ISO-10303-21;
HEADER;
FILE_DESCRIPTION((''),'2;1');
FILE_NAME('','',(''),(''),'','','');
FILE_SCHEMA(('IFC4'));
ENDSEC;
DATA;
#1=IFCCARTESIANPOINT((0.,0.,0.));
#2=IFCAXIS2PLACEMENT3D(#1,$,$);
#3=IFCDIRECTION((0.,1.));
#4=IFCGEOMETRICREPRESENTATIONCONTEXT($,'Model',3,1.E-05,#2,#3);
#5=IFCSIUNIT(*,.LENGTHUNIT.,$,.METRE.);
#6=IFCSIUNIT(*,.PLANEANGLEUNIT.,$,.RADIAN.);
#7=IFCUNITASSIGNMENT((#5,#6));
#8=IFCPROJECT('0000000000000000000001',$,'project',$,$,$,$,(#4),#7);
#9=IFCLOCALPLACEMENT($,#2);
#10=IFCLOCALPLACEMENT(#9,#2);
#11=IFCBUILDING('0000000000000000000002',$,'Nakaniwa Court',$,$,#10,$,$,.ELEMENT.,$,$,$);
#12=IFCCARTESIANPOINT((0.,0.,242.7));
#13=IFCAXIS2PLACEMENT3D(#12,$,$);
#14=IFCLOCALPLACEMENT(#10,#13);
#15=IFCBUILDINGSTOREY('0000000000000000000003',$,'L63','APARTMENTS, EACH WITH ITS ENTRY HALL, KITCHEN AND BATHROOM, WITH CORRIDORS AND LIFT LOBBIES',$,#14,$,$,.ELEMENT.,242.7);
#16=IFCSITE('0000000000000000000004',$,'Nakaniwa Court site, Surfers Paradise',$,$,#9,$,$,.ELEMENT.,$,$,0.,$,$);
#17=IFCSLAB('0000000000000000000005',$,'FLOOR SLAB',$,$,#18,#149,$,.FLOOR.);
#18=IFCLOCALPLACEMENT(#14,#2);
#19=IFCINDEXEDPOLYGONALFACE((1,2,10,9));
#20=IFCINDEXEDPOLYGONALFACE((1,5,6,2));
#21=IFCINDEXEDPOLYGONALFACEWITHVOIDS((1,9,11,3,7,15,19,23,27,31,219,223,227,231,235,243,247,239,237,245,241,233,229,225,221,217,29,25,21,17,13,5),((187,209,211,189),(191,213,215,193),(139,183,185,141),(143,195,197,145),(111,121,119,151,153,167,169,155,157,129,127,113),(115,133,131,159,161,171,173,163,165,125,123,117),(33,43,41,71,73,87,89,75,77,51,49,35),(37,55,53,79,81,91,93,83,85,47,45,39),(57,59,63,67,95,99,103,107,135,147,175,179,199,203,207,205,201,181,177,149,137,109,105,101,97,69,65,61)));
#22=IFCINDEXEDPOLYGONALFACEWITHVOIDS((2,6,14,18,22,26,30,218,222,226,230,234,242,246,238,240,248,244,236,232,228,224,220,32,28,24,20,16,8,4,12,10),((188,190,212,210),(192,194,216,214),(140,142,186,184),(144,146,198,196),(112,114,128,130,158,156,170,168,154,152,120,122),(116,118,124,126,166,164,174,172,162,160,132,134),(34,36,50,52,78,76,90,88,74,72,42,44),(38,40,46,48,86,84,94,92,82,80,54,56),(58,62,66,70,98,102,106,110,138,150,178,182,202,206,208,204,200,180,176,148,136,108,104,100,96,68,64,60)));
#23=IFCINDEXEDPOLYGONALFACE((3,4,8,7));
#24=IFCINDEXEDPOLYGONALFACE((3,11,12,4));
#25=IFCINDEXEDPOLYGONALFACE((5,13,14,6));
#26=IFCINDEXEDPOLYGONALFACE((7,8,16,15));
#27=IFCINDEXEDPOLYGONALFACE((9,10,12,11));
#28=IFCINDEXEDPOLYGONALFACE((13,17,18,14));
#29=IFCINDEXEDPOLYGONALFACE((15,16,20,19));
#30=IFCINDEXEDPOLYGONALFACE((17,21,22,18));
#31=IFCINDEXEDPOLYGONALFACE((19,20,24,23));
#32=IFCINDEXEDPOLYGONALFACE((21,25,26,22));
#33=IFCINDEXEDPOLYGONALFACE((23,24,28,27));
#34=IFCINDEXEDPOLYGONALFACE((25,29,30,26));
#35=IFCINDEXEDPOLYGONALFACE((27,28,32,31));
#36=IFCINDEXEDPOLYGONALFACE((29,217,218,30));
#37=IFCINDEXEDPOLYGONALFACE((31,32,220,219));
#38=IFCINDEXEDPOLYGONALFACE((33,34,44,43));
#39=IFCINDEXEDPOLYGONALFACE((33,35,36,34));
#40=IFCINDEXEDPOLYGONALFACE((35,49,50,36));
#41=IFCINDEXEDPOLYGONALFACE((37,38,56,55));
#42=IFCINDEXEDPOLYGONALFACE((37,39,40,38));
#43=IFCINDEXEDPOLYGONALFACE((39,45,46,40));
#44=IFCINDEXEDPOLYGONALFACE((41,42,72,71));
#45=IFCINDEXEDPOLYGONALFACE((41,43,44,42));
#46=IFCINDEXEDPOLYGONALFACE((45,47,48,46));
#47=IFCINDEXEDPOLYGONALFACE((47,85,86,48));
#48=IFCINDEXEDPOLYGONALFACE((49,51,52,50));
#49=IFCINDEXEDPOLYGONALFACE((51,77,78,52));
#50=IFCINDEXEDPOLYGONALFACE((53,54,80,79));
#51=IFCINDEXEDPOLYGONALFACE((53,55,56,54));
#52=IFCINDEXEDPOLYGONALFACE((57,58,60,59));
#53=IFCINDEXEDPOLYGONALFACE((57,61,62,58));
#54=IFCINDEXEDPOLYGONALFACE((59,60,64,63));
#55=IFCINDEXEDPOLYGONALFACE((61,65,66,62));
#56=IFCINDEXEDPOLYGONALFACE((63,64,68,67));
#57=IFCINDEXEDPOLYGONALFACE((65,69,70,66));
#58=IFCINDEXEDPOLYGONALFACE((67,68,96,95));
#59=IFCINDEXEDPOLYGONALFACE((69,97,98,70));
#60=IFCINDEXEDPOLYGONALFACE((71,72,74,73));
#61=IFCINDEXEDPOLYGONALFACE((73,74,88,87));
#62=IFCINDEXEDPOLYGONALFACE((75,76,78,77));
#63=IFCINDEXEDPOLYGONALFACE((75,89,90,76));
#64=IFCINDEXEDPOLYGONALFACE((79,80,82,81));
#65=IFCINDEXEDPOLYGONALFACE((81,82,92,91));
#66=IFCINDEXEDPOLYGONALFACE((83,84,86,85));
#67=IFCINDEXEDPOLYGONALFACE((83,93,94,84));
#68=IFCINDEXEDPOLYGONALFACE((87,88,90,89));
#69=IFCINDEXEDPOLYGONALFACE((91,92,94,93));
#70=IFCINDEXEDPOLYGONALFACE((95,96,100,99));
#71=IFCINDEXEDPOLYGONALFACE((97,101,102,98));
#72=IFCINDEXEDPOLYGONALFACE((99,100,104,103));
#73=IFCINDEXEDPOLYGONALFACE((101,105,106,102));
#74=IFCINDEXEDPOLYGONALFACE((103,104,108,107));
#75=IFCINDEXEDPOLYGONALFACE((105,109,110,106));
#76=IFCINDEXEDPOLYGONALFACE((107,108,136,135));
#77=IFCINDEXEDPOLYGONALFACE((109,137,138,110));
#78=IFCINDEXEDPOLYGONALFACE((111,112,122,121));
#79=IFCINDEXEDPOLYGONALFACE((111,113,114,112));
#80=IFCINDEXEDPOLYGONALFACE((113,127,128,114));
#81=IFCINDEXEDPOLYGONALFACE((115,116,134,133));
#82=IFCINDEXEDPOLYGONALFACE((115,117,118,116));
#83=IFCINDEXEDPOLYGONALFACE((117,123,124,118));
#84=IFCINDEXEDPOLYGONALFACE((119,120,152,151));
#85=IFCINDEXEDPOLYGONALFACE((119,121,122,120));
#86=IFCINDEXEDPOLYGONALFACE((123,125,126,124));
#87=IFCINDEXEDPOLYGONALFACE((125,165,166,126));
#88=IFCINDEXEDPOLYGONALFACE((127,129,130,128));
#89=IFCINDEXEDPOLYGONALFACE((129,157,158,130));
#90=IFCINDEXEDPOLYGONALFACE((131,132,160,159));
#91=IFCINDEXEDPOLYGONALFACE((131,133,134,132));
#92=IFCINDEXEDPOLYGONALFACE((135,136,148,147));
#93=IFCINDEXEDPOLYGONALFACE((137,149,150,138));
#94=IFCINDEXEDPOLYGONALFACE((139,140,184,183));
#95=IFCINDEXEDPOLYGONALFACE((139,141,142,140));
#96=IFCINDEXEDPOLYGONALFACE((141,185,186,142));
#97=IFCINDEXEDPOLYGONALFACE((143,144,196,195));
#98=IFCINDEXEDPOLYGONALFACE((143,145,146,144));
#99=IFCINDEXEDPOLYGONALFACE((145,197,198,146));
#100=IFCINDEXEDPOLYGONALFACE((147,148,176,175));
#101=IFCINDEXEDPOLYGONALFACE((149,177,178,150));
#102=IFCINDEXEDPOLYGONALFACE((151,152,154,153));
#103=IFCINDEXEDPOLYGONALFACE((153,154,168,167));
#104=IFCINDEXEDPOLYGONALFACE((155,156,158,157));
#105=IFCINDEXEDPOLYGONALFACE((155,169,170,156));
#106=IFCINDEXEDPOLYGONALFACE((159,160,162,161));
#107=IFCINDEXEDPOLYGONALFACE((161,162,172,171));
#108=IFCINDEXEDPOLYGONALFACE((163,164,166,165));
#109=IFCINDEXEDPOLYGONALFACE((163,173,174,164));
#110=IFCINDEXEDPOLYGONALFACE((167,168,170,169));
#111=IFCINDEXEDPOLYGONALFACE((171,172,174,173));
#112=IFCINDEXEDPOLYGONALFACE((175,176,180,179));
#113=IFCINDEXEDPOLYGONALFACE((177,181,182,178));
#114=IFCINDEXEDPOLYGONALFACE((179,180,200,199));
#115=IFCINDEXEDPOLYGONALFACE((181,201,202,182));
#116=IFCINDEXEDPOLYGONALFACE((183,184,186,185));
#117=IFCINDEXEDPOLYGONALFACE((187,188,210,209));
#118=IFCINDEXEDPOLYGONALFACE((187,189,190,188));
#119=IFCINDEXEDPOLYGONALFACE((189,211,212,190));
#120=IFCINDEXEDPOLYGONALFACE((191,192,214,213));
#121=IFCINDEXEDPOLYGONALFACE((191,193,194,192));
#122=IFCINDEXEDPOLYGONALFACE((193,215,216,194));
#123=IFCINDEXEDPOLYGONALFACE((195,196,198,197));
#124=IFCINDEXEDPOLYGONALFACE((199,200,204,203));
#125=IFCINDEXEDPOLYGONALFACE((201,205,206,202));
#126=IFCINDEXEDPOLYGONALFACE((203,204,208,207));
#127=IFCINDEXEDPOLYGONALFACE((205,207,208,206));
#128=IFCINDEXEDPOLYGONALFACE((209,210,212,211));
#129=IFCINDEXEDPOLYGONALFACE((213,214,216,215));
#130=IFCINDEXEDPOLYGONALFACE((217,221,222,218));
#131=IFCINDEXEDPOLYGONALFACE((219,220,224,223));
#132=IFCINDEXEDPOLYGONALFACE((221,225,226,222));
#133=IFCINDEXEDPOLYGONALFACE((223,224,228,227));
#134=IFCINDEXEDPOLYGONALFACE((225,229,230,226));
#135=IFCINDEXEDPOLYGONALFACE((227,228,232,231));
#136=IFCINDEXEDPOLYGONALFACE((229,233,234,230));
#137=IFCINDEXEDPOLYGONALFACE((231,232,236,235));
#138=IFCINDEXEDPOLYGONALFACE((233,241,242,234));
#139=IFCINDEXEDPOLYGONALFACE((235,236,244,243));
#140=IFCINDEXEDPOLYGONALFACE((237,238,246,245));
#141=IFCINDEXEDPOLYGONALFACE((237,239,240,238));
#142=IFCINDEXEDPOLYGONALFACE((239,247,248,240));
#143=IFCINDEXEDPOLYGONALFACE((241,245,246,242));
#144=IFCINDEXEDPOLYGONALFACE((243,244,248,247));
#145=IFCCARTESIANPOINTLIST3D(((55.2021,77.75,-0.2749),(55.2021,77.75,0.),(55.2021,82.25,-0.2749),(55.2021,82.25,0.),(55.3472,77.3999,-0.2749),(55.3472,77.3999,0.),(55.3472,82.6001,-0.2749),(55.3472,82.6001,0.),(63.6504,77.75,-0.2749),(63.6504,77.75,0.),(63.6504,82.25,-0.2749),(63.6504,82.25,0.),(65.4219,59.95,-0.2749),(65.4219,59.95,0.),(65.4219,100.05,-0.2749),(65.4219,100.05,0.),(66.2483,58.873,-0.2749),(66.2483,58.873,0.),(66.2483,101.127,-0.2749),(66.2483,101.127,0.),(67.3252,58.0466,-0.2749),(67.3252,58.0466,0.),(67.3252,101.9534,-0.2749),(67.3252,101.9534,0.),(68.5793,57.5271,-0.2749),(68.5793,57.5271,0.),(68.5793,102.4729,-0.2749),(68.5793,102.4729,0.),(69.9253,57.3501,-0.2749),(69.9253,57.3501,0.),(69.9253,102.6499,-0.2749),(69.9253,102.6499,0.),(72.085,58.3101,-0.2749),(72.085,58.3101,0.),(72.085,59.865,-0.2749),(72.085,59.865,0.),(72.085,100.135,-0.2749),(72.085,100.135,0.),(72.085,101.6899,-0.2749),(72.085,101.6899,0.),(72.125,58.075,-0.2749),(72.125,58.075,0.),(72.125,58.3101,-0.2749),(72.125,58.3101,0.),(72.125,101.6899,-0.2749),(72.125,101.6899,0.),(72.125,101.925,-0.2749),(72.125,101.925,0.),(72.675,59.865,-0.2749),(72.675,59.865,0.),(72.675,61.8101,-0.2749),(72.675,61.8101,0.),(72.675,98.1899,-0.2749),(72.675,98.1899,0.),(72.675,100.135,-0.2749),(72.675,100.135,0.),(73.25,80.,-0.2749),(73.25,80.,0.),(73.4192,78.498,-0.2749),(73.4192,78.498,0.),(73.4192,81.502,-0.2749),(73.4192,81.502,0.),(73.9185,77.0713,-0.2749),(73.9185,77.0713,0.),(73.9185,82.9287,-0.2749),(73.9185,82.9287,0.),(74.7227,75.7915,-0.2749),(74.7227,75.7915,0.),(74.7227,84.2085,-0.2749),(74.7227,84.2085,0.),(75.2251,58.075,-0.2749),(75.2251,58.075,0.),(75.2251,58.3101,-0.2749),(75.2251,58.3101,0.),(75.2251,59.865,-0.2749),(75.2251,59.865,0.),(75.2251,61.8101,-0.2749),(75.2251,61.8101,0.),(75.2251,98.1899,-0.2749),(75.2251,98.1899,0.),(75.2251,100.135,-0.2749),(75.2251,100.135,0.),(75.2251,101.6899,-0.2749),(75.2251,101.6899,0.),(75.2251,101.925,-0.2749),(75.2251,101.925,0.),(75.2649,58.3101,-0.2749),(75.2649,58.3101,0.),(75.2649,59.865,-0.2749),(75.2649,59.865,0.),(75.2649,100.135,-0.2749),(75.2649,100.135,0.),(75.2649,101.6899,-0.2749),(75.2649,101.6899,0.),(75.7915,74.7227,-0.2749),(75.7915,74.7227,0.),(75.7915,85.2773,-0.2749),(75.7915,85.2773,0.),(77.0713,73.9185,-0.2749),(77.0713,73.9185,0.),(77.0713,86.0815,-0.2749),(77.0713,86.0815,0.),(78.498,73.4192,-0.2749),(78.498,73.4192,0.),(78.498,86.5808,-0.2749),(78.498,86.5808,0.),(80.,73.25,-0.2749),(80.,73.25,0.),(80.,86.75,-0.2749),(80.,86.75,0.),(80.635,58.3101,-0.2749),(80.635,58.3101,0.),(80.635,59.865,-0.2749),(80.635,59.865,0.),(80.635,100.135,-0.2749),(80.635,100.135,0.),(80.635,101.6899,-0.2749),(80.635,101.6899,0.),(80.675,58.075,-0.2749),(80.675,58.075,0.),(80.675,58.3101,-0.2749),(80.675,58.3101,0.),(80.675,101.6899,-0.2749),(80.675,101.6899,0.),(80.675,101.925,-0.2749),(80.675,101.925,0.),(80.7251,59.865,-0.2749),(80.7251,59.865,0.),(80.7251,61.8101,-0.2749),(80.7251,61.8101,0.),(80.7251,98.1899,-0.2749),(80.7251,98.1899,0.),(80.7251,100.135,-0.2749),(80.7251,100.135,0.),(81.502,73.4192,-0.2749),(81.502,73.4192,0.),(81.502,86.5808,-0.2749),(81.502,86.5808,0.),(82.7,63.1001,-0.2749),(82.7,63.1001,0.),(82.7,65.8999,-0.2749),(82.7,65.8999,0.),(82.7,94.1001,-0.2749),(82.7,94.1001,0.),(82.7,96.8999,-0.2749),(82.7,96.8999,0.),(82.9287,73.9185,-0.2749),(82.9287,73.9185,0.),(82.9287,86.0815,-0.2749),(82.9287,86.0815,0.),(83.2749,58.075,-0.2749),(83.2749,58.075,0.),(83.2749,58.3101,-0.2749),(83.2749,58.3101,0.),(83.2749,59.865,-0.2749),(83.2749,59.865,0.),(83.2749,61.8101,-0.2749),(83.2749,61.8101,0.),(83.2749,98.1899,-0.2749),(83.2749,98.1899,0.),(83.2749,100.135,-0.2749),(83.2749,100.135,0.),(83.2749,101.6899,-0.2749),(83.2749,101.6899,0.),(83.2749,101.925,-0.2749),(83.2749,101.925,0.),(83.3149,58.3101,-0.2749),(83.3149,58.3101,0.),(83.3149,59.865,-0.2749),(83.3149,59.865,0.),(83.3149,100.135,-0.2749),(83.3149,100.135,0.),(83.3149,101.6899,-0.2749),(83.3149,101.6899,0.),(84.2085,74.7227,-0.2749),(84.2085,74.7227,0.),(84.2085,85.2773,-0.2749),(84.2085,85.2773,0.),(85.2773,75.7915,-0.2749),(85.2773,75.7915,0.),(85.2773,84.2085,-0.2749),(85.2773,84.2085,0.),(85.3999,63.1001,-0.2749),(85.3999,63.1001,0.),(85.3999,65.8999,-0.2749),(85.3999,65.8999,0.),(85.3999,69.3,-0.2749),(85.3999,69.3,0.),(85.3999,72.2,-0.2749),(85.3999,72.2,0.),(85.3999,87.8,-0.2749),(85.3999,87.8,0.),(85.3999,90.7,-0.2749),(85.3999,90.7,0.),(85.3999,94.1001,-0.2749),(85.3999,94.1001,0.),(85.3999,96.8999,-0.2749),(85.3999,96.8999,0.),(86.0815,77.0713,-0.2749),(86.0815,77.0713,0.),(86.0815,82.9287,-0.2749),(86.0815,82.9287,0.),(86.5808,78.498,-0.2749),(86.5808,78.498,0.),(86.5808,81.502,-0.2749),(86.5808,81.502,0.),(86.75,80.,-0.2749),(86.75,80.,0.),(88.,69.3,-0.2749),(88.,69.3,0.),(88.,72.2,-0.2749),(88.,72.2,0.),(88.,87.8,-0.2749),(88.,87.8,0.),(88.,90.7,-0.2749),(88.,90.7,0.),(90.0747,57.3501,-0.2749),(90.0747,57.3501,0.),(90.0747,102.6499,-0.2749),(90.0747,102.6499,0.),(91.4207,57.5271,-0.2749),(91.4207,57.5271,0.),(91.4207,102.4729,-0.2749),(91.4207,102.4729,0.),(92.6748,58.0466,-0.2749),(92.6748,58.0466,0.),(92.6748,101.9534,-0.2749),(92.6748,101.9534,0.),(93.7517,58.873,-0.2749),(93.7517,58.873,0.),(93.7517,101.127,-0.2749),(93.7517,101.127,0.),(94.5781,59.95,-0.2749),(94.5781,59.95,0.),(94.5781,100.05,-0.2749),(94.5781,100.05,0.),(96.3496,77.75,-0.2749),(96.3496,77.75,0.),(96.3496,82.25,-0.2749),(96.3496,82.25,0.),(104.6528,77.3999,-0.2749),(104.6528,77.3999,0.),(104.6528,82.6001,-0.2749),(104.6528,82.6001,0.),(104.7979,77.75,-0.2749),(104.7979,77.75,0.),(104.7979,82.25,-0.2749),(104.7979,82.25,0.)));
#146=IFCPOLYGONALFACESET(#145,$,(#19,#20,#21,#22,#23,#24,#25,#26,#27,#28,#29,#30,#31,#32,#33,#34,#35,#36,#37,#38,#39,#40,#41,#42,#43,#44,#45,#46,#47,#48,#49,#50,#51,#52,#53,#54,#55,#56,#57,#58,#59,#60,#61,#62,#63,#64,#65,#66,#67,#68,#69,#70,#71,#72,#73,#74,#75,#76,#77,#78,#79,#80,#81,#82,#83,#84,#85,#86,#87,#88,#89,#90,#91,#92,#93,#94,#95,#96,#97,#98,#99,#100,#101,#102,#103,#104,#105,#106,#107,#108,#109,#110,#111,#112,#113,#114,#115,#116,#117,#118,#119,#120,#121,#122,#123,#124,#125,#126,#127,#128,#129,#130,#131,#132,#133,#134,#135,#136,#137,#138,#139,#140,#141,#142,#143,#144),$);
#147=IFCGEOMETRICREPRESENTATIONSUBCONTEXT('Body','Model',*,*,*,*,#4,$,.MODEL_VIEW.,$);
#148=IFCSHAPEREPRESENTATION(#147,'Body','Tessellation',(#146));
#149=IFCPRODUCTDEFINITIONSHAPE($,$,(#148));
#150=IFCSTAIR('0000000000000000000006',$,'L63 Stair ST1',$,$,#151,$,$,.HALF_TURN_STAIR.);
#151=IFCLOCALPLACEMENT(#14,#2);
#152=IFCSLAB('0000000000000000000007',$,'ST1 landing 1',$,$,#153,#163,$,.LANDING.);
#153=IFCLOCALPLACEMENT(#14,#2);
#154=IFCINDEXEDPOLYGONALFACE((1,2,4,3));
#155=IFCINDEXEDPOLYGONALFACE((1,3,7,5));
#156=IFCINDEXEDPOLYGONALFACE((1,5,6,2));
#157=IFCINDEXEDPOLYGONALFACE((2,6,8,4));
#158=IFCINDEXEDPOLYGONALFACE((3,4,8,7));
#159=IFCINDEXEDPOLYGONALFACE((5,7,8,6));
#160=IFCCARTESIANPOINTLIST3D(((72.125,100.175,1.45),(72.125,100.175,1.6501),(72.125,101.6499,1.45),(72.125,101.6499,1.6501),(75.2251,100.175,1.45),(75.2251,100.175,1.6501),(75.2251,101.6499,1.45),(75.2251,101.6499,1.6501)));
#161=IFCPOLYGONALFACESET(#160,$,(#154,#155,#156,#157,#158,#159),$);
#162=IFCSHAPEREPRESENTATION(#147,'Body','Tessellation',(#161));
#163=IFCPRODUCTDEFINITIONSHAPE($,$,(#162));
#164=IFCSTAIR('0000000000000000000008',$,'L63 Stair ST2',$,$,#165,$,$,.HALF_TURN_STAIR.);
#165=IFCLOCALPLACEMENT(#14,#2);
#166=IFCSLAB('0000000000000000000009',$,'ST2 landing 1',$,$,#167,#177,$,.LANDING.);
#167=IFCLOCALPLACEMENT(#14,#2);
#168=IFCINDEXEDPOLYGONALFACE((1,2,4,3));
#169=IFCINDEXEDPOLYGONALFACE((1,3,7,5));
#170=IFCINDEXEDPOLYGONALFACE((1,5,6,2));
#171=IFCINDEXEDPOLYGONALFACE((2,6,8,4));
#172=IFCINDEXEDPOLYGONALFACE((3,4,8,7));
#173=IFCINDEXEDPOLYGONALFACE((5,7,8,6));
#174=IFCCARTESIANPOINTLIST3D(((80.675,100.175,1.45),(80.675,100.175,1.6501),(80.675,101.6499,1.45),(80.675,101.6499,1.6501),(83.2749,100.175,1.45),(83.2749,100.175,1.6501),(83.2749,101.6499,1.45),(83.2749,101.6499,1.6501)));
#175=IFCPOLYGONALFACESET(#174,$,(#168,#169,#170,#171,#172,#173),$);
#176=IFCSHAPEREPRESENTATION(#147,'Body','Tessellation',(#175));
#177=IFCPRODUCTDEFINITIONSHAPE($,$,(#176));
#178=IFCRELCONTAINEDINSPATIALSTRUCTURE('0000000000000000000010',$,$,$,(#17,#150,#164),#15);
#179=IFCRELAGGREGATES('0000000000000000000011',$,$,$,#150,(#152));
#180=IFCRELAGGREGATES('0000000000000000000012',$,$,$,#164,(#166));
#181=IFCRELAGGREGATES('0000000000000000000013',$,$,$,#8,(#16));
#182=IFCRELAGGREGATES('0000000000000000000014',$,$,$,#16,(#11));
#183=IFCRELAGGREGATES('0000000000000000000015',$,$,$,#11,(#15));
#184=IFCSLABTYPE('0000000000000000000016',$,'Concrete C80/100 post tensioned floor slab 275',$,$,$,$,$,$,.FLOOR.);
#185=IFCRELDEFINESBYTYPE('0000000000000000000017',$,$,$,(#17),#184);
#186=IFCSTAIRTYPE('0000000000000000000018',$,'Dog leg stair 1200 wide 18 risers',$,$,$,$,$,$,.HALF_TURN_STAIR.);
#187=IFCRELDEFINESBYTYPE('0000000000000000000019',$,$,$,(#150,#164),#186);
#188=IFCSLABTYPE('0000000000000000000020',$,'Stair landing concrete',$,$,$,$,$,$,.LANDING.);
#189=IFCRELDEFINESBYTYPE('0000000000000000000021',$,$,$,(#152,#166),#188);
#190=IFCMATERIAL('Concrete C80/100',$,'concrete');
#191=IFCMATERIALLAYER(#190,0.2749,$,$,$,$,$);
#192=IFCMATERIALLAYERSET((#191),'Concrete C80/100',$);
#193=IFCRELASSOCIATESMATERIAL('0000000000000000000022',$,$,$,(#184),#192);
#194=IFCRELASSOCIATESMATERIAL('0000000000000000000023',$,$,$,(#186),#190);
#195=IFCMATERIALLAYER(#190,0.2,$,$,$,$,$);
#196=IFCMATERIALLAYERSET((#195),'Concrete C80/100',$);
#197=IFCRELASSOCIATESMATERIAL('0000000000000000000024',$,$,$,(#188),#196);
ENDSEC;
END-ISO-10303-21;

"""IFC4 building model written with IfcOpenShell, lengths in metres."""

from ifc_helpers import new_model, si_unit, direction, frame, origin, place, context, subcontext, project, spatial, polyline, outline, extrude, material, layer, layer_set, type_object, element, aggregate, save


model = new_model("IFC4")

# Units and contexts
model_context = context("Model", 3, precision=1e-05, world=origin(), true_north=direction((0.0, 1.0)))
body_context = subcontext(model_context, "Body", "Model", "MODEL_VIEW")
ifc_project = project(units=[si_unit("LENGTHUNIT", "METRE"), si_unit("PLANEANGLEUNIT", "RADIAN")], contexts=[model_context])

# Site, building, storey
site_placement = place(None, origin())
site = spatial("IfcSite", under=ifc_project, at=site_placement, Name="Nakaniwa Court site, Surfers Paradise", CompositionType="ELEMENT", RefElevation=0.0)
building_placement = place(site_placement, origin())
building = spatial("IfcBuilding", under=site, at=building_placement, Name="Nakaniwa Court", CompositionType="ELEMENT")
storey_placement = place(building_placement, frame((0.0, 0.0, 242.7)))
storey = spatial("IfcBuildingStorey", under=building, at=storey_placement, Name="L63", Description="APARTMENTS, EACH WITH ITS ENTRY HALL, KITCHEN AND BATHROOM, WITH CORRIDORS AND LIFT LOBBIES", CompositionType="ELEMENT", Elevation=242.7)

# Shared definitions
ifc_material_1 = material(Name="Concrete C80/100", Category="concrete")

# Slab
ifc_layer_1 = layer(ifc_material_1, 0.2749)
ifc_layer_set_1 = layer_set([ifc_layer_1], Name="Concrete C80/100")
slab_type_1 = type_object("IfcSlabType", Name="Concrete C80/100 post tensioned floor slab 275", PredefinedType="FLOOR", material=ifc_layer_set_1)
slab_1_placement = place(storey_placement, frame((0.0, 0.0, -0.2749)))
element("IfcSlab", 1, at=slab_1_placement, inside=storey, type_object=slab_type_1, Name="FLOOR SLAB", PredefinedType="FLOOR", context=body_context, shape_type="SweptSolid", body=[
    extrude(outline(polyline([(96.3496, 82.25), (104.7979, 82.25), (104.6528, 82.6001), (94.5781, 100.05), (93.7517, 101.127), (92.6748, 101.9534), (91.4207, 102.4729), (90.0747, 102.6499), (69.9253, 102.6499), (68.5793, 102.4729), (67.3252, 101.9534), (66.2483, 101.127), (65.4219, 100.05), (55.3472, 82.6001), (55.2021, 82.25), (63.6504, 82.25), (63.6504, 77.75), (55.2021, 77.75), (55.3472, 77.3999), (65.4219, 59.95), (66.2483, 58.873), (67.3252, 58.0466), (68.5793, 57.5271), (69.9253, 57.3501), (90.0747, 57.3501), (91.4207, 57.5271), (92.6748, 58.0466), (93.7517, 58.873), (94.5781, 59.95), (104.6528, 77.3999), (104.7979, 77.75), (96.3496, 77.75), (96.3496, 82.25)]), holes=[polyline([(81.502, 86.5808), (80.0, 86.75), (78.498, 86.5808), (77.0713, 86.0815), (75.7915, 85.2773), (74.7227, 84.2085), (73.9185, 82.9287), (73.4192, 81.502), (73.25, 80.0), (73.4192, 78.498), (73.9185, 77.0713), (74.7227, 75.7915), (75.7915, 74.7227), (77.0713, 73.9185), (78.498, 73.4192), (80.0, 73.25), (81.502, 73.4192), (82.9287, 73.9185), (84.2085, 74.7227), (85.2773, 75.7915), (86.0815, 77.0713), (86.5808, 78.498), (86.75, 80.0), (86.5808, 81.502), (86.0815, 82.9287), (85.2773, 84.2085), (84.2085, 85.2773), (82.9287, 86.0815), (81.502, 86.5808)]), polyline([(72.675, 61.8101), (72.675, 59.865), (72.085, 59.865), (72.085, 58.3101), (72.125, 58.3101), (72.125, 58.075), (75.2251, 58.075), (75.2251, 58.3101), (75.2649, 58.3101), (75.2649, 59.865), (75.2251, 59.865), (75.2251, 61.8101), (72.675, 61.8101)]), polyline([(83.2749, 61.8101), (80.7251, 61.8101), (80.7251, 59.865), (80.635, 59.865), (80.635, 58.3101), (80.675, 58.3101), (80.675, 58.075), (83.2749, 58.075), (83.2749, 58.3101), (83.3149, 58.3101), (83.3149, 59.865), (83.2749, 59.865), (83.2749, 61.8101)]), polyline([(75.2649, 101.6899), (75.2251, 101.6899), (75.2251, 101.925), (72.125, 101.925), (72.125, 101.6899), (72.085, 101.6899), (72.085, 100.135), (72.675, 100.135), (72.675, 98.1899), (75.2251, 98.1899), (75.2251, 100.135), (75.2649, 100.135), (75.2649, 101.6899)]), polyline([(83.3149, 100.135), (83.3149, 101.6899), (83.2749, 101.6899), (83.2749, 101.925), (80.675, 101.925), (80.675, 101.6899), (80.635, 101.6899), (80.635, 100.135), (80.7251, 100.135), (80.7251, 98.1899), (83.2749, 98.1899), (83.2749, 100.135), (83.3149, 100.135)]), polyline([(85.3999, 65.8999), (82.7, 65.8999), (82.7, 63.1001), (85.3999, 63.1001), (85.3999, 65.8999)]), polyline([(88.0, 72.2), (85.3999, 72.2), (85.3999, 69.3), (88.0, 69.3), (88.0, 72.2)]), polyline([(85.3999, 90.7), (85.3999, 87.8), (88.0, 87.8), (88.0, 90.7), (85.3999, 90.7)]), polyline([(85.3999, 96.8999), (82.7, 96.8999), (82.7, 94.1001), (85.3999, 94.1001), (85.3999, 96.8999)])]), origin(), (0.0, 0.0, 1.0), 0.2749),
])

# Stairs, slabs
stair_type = type_object("IfcStairType", Name="Dog leg stair 1200 wide 18 risers", PredefinedType="HALF_TURN_STAIR", material=ifc_material_1)
stair_1_placement = place(storey_placement, origin())
stair_1 = element("IfcStair", 2, at=stair_1_placement, inside=storey, type_object=stair_type, Name="L63 Stair ST1", PredefinedType="HALF_TURN_STAIR")
ifc_layer_2 = layer(ifc_material_1, 0.2)
ifc_layer_set_2 = layer_set([ifc_layer_2], Name="Concrete C80/100")
slab_type_2 = type_object("IfcSlabType", Name="Stair landing concrete", PredefinedType="LANDING", material=ifc_layer_set_2)
slab_2_placement = place(storey_placement, frame((0.0, 0.0, 1.45)))
slab_2 = element("IfcSlab", 3, at=slab_2_placement, type_object=slab_type_2, Name="ST1 landing 1", PredefinedType="LANDING", context=body_context, shape_type="SweptSolid", body=[
    extrude(outline(polyline([(75.2251, 100.175), (75.2251, 101.6499), (72.125, 101.6499), (72.125, 100.175), (75.2251, 100.175)])), origin(), (0.0, 0.0, 1.0), 0.2002),
])
aggregate(stair_1, [slab_2])
stair_2_placement = place(storey_placement, origin())
stair_2 = element("IfcStair", 4, at=stair_2_placement, inside=storey, type_object=stair_type, Name="L63 Stair ST2", PredefinedType="HALF_TURN_STAIR")
slab_3_placement = place(storey_placement, frame((0.0, 0.0, 1.45)))
slab_3 = element("IfcSlab", 5, at=slab_3_placement, type_object=slab_type_2, Name="ST2 landing 1", PredefinedType="LANDING", context=body_context, shape_type="SweptSolid", body=[
    extrude(outline(polyline([(83.2749, 100.175), (83.2749, 101.6499), (80.675, 101.6499), (80.675, 100.175), (83.2749, 100.175)])), origin(), (0.0, 0.0, 1.0), 0.2002),
])
aggregate(stair_2, [slab_3])

save(model, "model.ifc")
